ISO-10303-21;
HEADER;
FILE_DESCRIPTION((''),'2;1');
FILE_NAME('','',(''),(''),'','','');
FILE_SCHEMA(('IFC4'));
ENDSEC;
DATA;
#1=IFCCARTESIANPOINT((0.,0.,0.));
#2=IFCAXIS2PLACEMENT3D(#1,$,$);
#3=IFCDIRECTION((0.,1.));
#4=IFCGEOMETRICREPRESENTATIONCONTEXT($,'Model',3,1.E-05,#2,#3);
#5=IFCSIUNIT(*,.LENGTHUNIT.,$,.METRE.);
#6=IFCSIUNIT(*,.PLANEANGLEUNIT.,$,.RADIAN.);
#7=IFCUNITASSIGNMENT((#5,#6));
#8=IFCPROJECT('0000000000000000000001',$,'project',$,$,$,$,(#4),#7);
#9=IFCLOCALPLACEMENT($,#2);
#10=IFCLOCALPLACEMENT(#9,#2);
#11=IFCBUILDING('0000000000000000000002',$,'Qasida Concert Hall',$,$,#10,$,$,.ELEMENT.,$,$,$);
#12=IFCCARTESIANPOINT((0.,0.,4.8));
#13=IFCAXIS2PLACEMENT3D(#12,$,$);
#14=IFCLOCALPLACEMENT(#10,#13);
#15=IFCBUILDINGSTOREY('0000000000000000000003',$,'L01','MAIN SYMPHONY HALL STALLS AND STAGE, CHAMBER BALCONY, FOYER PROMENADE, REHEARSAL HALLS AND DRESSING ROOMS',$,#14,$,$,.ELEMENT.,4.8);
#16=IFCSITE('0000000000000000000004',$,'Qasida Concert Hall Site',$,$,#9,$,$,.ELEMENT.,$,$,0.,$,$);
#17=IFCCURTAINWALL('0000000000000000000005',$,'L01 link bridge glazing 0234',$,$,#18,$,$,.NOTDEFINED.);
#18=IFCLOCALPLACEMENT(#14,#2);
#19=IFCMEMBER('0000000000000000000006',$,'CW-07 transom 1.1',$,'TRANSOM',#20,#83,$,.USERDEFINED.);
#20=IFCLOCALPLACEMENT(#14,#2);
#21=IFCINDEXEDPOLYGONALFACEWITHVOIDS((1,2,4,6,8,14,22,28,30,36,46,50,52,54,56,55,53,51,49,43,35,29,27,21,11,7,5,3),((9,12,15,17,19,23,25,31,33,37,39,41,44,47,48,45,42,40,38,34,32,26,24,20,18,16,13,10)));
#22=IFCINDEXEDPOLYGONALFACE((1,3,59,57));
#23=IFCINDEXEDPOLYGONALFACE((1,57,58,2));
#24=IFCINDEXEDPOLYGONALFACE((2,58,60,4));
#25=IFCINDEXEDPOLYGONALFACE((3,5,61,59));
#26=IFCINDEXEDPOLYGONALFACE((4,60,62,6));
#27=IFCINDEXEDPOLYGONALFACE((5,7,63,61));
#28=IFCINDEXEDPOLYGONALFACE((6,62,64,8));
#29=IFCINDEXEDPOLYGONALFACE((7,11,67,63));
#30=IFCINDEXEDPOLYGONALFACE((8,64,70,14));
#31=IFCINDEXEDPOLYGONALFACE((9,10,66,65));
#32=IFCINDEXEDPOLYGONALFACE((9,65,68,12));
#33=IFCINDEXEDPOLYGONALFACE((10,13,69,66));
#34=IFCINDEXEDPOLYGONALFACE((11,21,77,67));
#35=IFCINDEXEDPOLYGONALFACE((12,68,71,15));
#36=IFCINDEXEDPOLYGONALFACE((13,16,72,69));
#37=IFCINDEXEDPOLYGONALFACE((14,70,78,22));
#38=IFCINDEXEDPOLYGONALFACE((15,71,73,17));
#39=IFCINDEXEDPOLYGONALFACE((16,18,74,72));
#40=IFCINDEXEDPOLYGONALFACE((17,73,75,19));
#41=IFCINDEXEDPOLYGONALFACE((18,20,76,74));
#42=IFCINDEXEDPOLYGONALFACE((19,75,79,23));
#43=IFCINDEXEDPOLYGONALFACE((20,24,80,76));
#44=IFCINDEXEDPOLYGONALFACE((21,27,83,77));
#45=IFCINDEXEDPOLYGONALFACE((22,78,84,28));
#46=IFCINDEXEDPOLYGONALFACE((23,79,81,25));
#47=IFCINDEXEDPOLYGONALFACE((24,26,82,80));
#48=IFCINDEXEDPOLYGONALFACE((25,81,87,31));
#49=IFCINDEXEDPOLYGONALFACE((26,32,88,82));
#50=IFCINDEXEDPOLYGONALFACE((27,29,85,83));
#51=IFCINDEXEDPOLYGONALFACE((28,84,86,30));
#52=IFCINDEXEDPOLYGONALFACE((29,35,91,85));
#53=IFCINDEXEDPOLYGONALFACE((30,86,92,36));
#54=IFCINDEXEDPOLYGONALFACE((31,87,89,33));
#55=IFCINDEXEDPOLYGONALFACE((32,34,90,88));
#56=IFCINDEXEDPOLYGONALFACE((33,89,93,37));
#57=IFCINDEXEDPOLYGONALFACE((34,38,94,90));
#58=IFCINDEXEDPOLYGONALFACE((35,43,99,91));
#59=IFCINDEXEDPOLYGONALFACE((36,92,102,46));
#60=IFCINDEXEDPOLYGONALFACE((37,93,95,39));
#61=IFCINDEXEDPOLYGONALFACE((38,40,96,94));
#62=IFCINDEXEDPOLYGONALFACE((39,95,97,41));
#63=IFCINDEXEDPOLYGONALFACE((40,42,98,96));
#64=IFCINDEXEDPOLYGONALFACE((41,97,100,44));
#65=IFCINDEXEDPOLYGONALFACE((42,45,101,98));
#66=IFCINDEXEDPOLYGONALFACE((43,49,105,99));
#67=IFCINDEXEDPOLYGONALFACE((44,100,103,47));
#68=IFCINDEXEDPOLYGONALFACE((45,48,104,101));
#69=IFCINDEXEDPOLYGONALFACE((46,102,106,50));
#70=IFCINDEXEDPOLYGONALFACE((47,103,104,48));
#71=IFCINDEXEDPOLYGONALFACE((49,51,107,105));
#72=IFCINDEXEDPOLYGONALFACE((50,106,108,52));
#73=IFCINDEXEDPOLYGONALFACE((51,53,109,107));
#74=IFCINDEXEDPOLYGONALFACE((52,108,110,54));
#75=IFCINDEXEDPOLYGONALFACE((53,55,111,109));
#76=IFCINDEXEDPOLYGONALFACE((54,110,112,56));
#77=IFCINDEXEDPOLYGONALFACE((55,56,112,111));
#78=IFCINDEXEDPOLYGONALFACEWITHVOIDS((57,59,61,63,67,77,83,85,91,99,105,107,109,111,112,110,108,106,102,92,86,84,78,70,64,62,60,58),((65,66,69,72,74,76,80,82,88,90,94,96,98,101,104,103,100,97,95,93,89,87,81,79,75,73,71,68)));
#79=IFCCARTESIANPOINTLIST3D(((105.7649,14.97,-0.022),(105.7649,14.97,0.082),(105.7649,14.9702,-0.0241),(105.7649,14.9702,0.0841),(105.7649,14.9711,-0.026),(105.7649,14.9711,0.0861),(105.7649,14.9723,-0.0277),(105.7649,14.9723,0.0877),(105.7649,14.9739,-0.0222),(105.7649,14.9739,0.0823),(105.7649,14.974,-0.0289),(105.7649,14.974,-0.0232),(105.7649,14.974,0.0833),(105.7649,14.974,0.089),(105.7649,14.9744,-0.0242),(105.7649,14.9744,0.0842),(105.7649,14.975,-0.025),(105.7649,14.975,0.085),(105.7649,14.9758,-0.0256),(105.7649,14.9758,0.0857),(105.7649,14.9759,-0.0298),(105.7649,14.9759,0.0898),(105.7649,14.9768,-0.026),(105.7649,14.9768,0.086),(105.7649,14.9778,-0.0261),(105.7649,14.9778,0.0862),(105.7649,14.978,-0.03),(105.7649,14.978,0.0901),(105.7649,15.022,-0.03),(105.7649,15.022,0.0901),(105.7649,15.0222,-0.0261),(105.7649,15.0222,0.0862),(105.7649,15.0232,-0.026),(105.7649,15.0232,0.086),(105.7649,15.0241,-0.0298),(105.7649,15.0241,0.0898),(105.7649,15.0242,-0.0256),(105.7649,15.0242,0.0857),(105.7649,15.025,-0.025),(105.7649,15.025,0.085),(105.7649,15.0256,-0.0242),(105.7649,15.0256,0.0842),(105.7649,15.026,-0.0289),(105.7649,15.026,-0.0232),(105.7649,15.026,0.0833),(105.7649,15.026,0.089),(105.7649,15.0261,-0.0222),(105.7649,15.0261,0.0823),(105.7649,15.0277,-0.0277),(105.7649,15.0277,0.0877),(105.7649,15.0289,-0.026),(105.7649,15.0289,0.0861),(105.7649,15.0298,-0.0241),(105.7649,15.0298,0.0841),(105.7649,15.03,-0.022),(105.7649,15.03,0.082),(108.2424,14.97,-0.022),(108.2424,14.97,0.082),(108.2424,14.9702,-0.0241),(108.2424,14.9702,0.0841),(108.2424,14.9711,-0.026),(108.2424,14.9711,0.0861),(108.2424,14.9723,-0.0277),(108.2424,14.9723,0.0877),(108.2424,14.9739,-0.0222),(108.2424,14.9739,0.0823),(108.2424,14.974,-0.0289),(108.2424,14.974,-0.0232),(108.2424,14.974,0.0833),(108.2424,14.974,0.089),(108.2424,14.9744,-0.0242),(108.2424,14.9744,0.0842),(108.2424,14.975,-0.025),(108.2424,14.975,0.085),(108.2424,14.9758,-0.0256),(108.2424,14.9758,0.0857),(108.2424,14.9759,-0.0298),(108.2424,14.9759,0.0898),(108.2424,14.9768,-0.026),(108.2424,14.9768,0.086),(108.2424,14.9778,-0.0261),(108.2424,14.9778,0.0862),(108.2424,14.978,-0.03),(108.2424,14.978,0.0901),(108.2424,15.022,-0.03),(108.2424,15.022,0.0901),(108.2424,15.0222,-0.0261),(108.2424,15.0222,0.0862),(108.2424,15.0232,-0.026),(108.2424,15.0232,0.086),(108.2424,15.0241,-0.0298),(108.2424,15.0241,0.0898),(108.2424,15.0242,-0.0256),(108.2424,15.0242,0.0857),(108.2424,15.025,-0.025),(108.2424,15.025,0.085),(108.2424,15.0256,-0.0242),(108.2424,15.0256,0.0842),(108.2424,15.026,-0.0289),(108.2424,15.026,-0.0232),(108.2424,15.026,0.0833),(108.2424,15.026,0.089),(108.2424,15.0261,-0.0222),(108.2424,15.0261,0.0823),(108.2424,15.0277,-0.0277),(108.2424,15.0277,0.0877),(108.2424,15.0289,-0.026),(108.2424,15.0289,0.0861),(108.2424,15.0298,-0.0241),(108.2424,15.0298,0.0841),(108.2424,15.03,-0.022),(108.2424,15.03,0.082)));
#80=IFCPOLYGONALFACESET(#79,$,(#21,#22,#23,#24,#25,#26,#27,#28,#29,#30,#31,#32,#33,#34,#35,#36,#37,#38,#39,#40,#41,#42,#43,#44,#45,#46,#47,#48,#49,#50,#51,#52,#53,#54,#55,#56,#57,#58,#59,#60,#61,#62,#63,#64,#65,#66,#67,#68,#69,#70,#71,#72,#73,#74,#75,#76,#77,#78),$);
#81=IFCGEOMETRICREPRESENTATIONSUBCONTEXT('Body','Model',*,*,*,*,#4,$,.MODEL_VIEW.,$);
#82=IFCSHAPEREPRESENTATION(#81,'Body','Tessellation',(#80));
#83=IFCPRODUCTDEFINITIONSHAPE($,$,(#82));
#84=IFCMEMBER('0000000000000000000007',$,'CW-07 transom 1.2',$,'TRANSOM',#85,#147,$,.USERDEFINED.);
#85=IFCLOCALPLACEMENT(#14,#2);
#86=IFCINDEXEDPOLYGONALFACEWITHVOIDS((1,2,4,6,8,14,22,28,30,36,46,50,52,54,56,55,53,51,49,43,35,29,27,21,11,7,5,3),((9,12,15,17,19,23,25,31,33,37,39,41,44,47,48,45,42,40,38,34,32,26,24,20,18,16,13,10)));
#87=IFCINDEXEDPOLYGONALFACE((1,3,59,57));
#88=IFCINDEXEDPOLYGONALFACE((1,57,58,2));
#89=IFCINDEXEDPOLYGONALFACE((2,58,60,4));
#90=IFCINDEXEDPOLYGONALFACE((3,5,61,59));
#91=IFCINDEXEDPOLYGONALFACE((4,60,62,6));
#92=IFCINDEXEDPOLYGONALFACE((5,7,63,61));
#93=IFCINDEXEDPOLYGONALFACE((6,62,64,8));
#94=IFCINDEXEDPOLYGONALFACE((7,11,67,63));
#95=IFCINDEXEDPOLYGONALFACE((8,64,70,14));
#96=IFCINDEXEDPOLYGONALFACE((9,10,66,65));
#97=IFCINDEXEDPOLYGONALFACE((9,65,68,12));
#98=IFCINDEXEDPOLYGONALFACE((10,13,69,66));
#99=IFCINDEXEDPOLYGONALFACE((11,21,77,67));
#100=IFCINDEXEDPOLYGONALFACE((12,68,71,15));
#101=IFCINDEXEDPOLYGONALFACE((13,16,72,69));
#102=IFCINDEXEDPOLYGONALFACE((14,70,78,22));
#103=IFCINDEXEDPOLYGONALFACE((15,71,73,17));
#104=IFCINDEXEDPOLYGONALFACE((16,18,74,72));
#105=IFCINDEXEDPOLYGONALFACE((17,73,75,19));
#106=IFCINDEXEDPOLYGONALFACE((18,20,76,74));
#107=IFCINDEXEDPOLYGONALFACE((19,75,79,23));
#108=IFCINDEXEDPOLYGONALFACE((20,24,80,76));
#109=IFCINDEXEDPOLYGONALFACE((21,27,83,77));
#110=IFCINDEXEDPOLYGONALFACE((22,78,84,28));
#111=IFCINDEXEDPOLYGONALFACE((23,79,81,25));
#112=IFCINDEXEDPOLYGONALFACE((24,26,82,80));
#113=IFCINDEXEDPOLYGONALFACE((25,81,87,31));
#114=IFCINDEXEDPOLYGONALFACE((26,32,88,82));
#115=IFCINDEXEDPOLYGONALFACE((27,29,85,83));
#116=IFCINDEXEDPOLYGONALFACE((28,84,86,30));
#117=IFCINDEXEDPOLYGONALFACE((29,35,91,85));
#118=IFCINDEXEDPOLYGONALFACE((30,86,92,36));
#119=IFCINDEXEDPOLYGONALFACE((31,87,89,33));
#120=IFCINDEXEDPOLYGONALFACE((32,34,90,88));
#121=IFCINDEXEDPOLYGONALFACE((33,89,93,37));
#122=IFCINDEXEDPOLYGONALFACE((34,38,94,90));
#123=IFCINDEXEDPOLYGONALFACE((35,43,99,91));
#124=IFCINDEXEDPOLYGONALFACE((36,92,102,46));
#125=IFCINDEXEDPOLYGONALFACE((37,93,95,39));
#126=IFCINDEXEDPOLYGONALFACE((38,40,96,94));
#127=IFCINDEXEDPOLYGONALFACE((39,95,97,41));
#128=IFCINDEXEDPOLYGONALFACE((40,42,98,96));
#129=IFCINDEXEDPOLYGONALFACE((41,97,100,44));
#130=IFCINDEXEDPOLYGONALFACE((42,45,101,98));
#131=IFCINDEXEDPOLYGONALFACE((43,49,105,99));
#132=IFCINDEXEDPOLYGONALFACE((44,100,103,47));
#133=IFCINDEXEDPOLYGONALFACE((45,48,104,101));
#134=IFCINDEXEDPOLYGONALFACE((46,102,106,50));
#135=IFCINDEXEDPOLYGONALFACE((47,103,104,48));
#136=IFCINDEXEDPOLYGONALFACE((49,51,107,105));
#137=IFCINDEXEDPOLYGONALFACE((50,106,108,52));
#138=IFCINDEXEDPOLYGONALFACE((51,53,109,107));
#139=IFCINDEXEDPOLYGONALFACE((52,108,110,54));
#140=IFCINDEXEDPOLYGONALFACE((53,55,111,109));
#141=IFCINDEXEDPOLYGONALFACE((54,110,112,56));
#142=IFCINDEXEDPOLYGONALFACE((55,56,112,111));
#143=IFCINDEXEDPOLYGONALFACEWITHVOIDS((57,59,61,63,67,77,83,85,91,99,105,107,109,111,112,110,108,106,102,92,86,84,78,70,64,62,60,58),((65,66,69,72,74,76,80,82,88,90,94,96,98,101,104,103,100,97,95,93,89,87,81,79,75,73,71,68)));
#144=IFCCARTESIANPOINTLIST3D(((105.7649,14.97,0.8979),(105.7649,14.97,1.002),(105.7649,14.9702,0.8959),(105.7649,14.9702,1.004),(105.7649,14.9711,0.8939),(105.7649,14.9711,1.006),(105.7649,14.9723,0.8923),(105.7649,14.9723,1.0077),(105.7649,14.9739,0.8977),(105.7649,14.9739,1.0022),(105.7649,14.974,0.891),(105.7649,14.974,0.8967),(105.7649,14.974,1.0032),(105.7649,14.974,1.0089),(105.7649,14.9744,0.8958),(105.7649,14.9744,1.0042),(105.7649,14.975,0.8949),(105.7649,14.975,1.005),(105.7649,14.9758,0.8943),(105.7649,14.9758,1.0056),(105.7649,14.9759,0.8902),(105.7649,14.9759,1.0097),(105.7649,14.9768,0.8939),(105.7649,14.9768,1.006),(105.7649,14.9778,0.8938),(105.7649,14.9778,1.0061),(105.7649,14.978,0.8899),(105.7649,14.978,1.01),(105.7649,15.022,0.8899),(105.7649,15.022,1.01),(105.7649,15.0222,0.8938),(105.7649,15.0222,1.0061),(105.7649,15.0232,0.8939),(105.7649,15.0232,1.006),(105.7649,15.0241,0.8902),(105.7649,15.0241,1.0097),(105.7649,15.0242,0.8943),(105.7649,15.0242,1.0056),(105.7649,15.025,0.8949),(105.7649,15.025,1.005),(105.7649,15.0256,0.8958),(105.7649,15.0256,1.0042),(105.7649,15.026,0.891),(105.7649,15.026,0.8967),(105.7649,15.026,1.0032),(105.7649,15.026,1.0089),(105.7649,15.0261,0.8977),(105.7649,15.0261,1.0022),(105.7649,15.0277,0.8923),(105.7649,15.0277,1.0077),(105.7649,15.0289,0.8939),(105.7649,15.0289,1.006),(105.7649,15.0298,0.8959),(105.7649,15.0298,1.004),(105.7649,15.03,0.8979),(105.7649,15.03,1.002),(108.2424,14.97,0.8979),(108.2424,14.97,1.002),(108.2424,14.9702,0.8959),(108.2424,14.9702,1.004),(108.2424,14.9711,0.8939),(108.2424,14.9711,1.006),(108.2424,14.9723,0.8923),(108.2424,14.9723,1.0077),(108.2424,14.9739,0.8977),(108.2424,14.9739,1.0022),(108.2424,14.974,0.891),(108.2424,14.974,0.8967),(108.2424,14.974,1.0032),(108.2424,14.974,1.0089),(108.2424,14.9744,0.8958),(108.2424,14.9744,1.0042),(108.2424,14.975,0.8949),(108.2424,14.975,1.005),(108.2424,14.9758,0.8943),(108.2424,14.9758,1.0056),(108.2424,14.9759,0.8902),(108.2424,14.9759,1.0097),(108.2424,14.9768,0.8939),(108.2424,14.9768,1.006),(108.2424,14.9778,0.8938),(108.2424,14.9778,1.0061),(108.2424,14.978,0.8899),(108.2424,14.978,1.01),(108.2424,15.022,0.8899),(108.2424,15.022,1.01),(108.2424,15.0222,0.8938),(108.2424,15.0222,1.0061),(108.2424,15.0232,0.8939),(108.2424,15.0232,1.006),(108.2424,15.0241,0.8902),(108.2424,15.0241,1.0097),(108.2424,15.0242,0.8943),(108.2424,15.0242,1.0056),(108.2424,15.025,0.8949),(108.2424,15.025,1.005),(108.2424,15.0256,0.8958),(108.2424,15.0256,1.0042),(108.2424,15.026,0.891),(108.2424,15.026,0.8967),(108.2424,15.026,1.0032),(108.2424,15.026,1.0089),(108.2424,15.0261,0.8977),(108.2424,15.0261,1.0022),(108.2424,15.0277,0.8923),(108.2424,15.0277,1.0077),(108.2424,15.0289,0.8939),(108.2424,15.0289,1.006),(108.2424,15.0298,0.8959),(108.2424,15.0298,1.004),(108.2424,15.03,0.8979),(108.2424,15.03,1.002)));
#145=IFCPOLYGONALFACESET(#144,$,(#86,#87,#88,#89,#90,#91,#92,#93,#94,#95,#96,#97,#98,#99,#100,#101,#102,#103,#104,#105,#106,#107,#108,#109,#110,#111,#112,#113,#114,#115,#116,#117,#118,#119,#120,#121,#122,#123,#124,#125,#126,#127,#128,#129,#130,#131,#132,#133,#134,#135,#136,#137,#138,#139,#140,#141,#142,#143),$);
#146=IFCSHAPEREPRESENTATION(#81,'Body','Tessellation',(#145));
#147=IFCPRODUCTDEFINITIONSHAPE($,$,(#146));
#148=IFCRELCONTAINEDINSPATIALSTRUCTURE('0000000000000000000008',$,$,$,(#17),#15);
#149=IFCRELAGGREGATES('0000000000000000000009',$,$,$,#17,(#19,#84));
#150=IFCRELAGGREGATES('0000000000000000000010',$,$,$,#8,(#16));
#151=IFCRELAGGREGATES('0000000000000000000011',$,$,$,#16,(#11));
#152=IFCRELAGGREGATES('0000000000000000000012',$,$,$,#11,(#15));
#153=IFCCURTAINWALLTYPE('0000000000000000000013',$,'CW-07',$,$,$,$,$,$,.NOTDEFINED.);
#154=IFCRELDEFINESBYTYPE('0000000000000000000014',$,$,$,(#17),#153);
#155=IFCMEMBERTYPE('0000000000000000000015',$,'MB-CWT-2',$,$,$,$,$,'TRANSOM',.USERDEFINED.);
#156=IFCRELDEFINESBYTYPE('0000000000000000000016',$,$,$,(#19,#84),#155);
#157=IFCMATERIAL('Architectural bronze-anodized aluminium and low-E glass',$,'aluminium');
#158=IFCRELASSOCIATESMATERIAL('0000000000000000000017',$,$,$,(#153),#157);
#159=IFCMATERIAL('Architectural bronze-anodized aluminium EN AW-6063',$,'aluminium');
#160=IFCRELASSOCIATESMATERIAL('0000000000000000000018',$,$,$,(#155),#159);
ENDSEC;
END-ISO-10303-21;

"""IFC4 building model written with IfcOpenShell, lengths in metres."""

from ifc_helpers import new_model, si_unit, direction, frame, origin, origin_2d, place, context, subcontext, project, spatial, hollow_rectangle, extrude, material, material_profile, profile_set, type_object, element, aggregate, save


model = new_model("IFC4")

# Units and contexts
model_context = context("Model", 3, precision=1e-05, world=origin(), true_north=direction((0.0, 1.0)))
body_context = subcontext(model_context, "Body", "Model", "MODEL_VIEW")
ifc_project = project(units=[si_unit("LENGTHUNIT", "METRE"), si_unit("PLANEANGLEUNIT", "RADIAN")], contexts=[model_context])

# Site, building, storey
site_placement = place(None, origin())
site = spatial("IfcSite", under=ifc_project, at=site_placement, Name="Qasida Concert Hall Site", CompositionType="ELEMENT", RefElevation=0.0)
building_placement = place(site_placement, origin())
building = spatial("IfcBuilding", under=site, at=building_placement, Name="Qasida Concert Hall", CompositionType="ELEMENT")
storey_placement = place(building_placement, frame((0.0, 0.0, 4.8)))
storey = spatial("IfcBuildingStorey", under=building, at=storey_placement, Name="L01", Description="MAIN SYMPHONY HALL STALLS AND STAGE, CHAMBER BALCONY, FOYER PROMENADE, REHEARSAL HALLS AND DRESSING ROOMS", CompositionType="ELEMENT", Elevation=4.8)

# Curtain wall
ifc_material_1 = material(Name="Architectural bronze-anodized aluminium and low-E glass", Category="aluminium")
curtain_wall_type = type_object("IfcCurtainWallType", Name="CW-07", PredefinedType="NOTDEFINED", material=ifc_material_1)
curtain_wall_1_placement = place(storey_placement, origin())
curtain_wall_1 = element("IfcCurtainWall", 1, at=curtain_wall_1_placement, inside=storey, type_object=curtain_wall_type, Name="L01 link bridge glazing 0234", PredefinedType="NOTDEFINED")
ifc_material_2 = material(Name="Architectural bronze-anodized aluminium EN AW-6063", Category="aluminium")

# Members
ifc_material_profile_1 = material_profile(ifc_material_2, hollow_rectangle(XDim=0.0601, YDim=0.1201, WallThickness=0.0039, InnerFilletRadius=0.0039, OuterFilletRadius=0.0081, at=origin_2d()), Name="CWT 120x60x4")
ifc_profile_set_1 = profile_set([ifc_material_profile_1], Name="Architectural bronze-anodized aluminium EN AW-6063")
member_type_1 = type_object("IfcMemberType", Name="MB-CWT-2", ElementType="TRANSOM", PredefinedType="USERDEFINED", material=ifc_profile_set_1)
member_1_placement = place(storey_placement, frame((105.7649, 15.0, 0.03), z_axis=(1.0, 0.0, 0.0), x_axis=(0.0, 1.0, 0.0)))
member_1 = element("IfcMember", 2, at=member_1_placement, type_object=member_type_1, Name="CW-07 transom 1.1", ObjectType="TRANSOM", PredefinedType="USERDEFINED", context=body_context, shape_type="SweptSolid", body=[
    extrude(hollow_rectangle(XDim=0.0601, YDim=0.1201, WallThickness=0.0039, InnerFilletRadius=0.0039, OuterFilletRadius=0.0081, at=origin_2d()), origin(), (0.0, 0.0, 1.0), 2.4775),
])
member_2_placement = place(storey_placement, frame((105.7649, 15.0, 0.95), z_axis=(1.0, 0.0, 0.0), x_axis=(0.0, 1.0, 0.0)))
member_2 = element("IfcMember", 3, at=member_2_placement, type_object=member_type_1, Name="CW-07 transom 1.2", ObjectType="TRANSOM", PredefinedType="USERDEFINED", context=body_context, shape_type="SweptSolid", body=[
    extrude(hollow_rectangle(XDim=0.0601, YDim=0.1201, WallThickness=0.0039, InnerFilletRadius=0.0039, OuterFilletRadius=0.0081, at=origin_2d()), origin(), (0.0, 0.0, 1.0), 2.4775),
])

aggregate(curtain_wall_1, [member_1, member_2])

save(model, "model.ifc")
